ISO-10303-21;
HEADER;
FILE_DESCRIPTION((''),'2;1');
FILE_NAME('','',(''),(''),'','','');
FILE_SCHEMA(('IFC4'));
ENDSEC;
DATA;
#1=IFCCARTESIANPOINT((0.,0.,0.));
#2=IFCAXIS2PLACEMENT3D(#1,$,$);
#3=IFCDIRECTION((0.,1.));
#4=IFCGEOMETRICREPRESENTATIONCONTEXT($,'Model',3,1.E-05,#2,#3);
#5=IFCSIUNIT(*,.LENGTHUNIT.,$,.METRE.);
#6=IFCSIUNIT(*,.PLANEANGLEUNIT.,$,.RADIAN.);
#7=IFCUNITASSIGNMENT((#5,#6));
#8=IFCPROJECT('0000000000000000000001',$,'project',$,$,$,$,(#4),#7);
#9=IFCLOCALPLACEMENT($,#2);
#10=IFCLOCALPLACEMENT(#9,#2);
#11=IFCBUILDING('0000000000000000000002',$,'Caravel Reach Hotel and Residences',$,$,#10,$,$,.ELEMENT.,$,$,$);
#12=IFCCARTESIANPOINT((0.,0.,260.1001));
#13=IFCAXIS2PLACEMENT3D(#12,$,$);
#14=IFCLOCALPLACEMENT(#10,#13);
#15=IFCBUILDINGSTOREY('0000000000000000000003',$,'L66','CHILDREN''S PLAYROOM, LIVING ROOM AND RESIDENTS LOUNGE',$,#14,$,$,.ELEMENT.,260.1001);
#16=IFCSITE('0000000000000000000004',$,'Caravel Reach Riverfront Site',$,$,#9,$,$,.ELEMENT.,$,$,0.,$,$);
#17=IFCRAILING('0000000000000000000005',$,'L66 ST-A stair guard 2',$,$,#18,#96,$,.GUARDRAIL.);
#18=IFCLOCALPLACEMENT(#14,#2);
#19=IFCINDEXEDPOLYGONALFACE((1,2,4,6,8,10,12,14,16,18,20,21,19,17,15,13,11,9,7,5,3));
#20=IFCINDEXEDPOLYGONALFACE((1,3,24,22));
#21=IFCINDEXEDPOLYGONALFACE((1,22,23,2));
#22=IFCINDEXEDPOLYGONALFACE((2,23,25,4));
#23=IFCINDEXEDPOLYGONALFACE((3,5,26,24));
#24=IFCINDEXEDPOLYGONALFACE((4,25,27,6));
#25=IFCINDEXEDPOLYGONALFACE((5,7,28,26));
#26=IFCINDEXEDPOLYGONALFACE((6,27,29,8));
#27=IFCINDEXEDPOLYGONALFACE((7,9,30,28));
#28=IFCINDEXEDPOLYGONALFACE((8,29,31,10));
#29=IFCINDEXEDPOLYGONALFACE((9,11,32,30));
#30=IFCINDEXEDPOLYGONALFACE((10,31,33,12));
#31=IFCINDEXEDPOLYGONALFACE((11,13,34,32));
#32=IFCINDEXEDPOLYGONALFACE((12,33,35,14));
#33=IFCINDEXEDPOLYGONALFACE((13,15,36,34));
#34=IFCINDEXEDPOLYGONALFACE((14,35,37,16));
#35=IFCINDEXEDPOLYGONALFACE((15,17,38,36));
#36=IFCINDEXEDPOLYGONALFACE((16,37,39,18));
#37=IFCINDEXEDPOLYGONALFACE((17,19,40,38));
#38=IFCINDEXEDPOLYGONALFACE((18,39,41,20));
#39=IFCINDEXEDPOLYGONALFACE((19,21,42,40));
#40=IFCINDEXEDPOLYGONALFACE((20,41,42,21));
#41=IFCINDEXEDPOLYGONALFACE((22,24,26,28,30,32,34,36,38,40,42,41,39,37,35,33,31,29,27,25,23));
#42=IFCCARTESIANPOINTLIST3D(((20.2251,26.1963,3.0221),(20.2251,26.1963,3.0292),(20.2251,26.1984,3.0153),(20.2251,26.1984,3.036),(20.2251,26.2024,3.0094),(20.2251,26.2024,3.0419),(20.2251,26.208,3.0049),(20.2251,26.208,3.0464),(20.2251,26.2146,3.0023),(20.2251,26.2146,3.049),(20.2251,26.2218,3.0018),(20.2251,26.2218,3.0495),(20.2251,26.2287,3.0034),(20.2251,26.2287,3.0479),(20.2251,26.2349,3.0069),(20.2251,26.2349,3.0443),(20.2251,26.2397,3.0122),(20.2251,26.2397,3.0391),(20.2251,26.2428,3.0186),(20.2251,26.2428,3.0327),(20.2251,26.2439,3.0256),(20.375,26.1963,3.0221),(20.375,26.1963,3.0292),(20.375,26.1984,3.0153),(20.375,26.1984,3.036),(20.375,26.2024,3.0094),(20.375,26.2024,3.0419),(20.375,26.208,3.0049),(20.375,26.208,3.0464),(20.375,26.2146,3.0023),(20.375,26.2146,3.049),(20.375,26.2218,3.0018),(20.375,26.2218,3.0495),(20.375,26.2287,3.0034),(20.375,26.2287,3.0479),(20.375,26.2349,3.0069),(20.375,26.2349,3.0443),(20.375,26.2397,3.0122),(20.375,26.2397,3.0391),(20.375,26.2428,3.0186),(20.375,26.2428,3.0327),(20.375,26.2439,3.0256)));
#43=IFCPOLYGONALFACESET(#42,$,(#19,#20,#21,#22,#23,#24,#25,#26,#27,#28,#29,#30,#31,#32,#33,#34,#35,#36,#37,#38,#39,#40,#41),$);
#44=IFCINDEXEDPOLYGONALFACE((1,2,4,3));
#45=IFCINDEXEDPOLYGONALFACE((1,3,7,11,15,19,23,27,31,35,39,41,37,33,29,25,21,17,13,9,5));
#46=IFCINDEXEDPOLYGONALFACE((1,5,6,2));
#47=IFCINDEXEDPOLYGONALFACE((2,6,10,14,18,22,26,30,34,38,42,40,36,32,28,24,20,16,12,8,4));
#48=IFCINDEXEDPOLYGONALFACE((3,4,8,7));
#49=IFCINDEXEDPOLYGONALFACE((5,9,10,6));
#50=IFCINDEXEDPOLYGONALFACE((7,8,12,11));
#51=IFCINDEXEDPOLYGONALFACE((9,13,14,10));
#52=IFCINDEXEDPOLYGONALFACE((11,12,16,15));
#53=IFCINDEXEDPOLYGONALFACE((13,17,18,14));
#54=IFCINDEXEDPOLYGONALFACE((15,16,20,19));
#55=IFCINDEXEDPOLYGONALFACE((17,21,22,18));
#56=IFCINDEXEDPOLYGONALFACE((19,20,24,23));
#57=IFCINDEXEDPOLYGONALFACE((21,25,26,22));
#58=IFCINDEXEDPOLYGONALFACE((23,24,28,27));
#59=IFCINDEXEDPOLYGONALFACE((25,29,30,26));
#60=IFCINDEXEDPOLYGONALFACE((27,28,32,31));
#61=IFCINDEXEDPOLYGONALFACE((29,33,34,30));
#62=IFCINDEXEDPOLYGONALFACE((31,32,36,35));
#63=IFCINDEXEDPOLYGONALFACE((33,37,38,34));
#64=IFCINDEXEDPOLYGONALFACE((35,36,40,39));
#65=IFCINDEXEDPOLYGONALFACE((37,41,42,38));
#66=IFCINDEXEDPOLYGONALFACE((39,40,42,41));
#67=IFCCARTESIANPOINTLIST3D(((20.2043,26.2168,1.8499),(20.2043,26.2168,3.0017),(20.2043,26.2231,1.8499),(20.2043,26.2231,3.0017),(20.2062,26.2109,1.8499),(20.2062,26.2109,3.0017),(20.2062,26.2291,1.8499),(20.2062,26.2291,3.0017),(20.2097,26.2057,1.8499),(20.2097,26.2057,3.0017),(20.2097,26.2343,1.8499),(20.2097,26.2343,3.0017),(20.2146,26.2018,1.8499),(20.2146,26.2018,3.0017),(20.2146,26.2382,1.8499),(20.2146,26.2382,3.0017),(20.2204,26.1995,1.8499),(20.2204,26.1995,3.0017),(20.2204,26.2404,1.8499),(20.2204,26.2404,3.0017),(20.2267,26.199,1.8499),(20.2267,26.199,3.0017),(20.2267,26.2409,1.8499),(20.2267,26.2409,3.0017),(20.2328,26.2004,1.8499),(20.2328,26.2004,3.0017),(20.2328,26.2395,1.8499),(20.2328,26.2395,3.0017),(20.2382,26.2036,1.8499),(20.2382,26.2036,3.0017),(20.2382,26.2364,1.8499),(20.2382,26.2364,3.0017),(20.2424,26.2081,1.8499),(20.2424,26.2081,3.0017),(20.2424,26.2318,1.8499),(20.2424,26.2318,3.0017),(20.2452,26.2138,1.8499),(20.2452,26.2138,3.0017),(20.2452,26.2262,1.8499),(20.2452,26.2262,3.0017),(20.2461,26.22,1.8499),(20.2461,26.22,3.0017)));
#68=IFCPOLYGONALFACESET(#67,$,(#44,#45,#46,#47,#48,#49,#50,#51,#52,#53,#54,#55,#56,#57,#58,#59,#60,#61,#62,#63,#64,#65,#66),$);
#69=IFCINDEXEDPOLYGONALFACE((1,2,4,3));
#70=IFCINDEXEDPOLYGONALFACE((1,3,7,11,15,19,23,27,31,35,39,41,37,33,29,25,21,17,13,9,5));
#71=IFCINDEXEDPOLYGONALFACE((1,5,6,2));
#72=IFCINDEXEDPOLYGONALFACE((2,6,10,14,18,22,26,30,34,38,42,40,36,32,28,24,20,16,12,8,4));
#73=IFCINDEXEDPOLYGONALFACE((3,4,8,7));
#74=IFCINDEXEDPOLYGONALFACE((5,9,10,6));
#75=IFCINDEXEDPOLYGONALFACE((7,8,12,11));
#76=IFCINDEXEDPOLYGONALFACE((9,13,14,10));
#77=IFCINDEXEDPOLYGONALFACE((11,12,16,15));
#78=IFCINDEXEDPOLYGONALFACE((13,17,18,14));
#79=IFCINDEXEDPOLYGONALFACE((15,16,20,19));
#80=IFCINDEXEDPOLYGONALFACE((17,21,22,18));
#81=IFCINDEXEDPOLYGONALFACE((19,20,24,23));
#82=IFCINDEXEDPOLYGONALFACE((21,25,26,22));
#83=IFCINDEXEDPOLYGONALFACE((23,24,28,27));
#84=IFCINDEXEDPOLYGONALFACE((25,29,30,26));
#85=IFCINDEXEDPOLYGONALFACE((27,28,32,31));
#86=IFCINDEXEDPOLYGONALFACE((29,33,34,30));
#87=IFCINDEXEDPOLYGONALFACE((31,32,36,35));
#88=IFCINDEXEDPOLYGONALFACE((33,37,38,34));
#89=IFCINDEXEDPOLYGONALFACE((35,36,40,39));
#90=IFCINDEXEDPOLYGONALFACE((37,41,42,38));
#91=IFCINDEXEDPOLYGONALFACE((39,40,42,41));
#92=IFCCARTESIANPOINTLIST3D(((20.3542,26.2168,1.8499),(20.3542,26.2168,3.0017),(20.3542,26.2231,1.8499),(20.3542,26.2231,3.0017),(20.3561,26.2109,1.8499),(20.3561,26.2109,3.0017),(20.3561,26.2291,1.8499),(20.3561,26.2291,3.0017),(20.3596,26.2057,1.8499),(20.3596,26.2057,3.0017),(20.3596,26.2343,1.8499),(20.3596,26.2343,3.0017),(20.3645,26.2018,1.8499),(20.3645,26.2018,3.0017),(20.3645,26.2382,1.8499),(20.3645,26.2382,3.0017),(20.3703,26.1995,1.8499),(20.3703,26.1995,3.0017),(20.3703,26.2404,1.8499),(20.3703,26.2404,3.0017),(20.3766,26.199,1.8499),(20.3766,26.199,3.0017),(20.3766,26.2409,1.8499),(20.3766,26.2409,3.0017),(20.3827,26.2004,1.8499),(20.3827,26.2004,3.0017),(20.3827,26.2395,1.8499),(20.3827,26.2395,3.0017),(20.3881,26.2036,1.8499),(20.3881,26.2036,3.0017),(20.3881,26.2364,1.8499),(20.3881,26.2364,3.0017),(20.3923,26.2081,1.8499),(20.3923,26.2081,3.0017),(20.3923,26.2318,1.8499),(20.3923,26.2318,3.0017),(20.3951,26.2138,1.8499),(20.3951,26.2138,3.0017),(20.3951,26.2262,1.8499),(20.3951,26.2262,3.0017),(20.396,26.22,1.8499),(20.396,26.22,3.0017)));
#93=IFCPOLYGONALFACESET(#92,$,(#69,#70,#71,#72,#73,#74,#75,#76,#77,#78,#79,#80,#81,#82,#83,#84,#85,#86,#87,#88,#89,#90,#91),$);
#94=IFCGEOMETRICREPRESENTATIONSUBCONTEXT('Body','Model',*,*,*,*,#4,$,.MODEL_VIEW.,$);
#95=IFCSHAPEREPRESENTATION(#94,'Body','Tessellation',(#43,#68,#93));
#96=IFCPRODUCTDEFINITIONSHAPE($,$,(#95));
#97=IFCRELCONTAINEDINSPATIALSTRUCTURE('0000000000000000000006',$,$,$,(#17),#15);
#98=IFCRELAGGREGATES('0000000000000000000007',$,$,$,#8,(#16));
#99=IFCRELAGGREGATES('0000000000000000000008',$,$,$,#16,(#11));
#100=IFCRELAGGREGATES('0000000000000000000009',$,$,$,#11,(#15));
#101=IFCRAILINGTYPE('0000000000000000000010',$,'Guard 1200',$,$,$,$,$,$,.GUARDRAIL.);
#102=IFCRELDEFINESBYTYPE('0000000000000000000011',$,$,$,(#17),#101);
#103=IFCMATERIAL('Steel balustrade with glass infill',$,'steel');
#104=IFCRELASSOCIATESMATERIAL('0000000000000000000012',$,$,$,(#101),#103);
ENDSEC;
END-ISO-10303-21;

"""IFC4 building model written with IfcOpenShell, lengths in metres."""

from ifc_helpers import new_model, si_unit, direction, frame, origin, origin_2d, place, context, subcontext, project, spatial, circle, extrude, material, type_object, element, save


model = new_model("IFC4")

# Units and contexts
model_context = context("Model", 3, precision=1e-05, world=origin(), true_north=direction((0.0, 1.0)))
body_context = subcontext(model_context, "Body", "Model", "MODEL_VIEW")
ifc_project = project(units=[si_unit("LENGTHUNIT", "METRE"), si_unit("PLANEANGLEUNIT", "RADIAN")], contexts=[model_context])

# Site, building, storey
site_placement = place(None, origin())
site = spatial("IfcSite", under=ifc_project, at=site_placement, Name="Caravel Reach Riverfront Site", CompositionType="ELEMENT", RefElevation=0.0)
building_placement = place(site_placement, origin())
building = spatial("IfcBuilding", under=site, at=building_placement, Name="Caravel Reach Hotel and Residences", CompositionType="ELEMENT")
storey_placement = place(building_placement, frame((0.0, 0.0, 260.1001)))
storey = spatial("IfcBuildingStorey", under=building, at=storey_placement, Name="L66", Description="CHILDREN'S PLAYROOM, LIVING ROOM AND RESIDENTS LOUNGE", CompositionType="ELEMENT", Elevation=260.1001)

# Railing
ifc_material_1 = material(Name="Steel balustrade with glass infill", Category="steel")
railing_type_1 = type_object("IfcRailingType", Name="Guard 1200", PredefinedType="GUARDRAIL", material=ifc_material_1)
railing_1_placement = place(storey_placement, frame((20.2251, 26.22, 1.8499)))
element("IfcRailing", 1, at=railing_1_placement, inside=storey, type_object=railing_type_1, Name="L66 ST-A stair guard 2", PredefinedType="GUARDRAIL", context=body_context, shape_type="SweptSolid", body=[
    extrude(circle(Radius=0.0239, at=origin_2d()), frame((0.0, 0.0, 1.1758), z_axis=(1.0, 0.0, 0.0), x_axis=(0.0, 1.0, 0.0)), (0.0, 0.0, 1.0), 0.1499),
    extrude(circle(Radius=0.021, at=origin_2d()), origin(), (0.0, 0.0, 1.0), 1.1519),
    extrude(circle(Radius=0.021, at=origin_2d()), frame((0.1499, 0.0, 0.0)), (0.0, 0.0, 1.0), 1.1519),
])

save(model, "model.ifc")
